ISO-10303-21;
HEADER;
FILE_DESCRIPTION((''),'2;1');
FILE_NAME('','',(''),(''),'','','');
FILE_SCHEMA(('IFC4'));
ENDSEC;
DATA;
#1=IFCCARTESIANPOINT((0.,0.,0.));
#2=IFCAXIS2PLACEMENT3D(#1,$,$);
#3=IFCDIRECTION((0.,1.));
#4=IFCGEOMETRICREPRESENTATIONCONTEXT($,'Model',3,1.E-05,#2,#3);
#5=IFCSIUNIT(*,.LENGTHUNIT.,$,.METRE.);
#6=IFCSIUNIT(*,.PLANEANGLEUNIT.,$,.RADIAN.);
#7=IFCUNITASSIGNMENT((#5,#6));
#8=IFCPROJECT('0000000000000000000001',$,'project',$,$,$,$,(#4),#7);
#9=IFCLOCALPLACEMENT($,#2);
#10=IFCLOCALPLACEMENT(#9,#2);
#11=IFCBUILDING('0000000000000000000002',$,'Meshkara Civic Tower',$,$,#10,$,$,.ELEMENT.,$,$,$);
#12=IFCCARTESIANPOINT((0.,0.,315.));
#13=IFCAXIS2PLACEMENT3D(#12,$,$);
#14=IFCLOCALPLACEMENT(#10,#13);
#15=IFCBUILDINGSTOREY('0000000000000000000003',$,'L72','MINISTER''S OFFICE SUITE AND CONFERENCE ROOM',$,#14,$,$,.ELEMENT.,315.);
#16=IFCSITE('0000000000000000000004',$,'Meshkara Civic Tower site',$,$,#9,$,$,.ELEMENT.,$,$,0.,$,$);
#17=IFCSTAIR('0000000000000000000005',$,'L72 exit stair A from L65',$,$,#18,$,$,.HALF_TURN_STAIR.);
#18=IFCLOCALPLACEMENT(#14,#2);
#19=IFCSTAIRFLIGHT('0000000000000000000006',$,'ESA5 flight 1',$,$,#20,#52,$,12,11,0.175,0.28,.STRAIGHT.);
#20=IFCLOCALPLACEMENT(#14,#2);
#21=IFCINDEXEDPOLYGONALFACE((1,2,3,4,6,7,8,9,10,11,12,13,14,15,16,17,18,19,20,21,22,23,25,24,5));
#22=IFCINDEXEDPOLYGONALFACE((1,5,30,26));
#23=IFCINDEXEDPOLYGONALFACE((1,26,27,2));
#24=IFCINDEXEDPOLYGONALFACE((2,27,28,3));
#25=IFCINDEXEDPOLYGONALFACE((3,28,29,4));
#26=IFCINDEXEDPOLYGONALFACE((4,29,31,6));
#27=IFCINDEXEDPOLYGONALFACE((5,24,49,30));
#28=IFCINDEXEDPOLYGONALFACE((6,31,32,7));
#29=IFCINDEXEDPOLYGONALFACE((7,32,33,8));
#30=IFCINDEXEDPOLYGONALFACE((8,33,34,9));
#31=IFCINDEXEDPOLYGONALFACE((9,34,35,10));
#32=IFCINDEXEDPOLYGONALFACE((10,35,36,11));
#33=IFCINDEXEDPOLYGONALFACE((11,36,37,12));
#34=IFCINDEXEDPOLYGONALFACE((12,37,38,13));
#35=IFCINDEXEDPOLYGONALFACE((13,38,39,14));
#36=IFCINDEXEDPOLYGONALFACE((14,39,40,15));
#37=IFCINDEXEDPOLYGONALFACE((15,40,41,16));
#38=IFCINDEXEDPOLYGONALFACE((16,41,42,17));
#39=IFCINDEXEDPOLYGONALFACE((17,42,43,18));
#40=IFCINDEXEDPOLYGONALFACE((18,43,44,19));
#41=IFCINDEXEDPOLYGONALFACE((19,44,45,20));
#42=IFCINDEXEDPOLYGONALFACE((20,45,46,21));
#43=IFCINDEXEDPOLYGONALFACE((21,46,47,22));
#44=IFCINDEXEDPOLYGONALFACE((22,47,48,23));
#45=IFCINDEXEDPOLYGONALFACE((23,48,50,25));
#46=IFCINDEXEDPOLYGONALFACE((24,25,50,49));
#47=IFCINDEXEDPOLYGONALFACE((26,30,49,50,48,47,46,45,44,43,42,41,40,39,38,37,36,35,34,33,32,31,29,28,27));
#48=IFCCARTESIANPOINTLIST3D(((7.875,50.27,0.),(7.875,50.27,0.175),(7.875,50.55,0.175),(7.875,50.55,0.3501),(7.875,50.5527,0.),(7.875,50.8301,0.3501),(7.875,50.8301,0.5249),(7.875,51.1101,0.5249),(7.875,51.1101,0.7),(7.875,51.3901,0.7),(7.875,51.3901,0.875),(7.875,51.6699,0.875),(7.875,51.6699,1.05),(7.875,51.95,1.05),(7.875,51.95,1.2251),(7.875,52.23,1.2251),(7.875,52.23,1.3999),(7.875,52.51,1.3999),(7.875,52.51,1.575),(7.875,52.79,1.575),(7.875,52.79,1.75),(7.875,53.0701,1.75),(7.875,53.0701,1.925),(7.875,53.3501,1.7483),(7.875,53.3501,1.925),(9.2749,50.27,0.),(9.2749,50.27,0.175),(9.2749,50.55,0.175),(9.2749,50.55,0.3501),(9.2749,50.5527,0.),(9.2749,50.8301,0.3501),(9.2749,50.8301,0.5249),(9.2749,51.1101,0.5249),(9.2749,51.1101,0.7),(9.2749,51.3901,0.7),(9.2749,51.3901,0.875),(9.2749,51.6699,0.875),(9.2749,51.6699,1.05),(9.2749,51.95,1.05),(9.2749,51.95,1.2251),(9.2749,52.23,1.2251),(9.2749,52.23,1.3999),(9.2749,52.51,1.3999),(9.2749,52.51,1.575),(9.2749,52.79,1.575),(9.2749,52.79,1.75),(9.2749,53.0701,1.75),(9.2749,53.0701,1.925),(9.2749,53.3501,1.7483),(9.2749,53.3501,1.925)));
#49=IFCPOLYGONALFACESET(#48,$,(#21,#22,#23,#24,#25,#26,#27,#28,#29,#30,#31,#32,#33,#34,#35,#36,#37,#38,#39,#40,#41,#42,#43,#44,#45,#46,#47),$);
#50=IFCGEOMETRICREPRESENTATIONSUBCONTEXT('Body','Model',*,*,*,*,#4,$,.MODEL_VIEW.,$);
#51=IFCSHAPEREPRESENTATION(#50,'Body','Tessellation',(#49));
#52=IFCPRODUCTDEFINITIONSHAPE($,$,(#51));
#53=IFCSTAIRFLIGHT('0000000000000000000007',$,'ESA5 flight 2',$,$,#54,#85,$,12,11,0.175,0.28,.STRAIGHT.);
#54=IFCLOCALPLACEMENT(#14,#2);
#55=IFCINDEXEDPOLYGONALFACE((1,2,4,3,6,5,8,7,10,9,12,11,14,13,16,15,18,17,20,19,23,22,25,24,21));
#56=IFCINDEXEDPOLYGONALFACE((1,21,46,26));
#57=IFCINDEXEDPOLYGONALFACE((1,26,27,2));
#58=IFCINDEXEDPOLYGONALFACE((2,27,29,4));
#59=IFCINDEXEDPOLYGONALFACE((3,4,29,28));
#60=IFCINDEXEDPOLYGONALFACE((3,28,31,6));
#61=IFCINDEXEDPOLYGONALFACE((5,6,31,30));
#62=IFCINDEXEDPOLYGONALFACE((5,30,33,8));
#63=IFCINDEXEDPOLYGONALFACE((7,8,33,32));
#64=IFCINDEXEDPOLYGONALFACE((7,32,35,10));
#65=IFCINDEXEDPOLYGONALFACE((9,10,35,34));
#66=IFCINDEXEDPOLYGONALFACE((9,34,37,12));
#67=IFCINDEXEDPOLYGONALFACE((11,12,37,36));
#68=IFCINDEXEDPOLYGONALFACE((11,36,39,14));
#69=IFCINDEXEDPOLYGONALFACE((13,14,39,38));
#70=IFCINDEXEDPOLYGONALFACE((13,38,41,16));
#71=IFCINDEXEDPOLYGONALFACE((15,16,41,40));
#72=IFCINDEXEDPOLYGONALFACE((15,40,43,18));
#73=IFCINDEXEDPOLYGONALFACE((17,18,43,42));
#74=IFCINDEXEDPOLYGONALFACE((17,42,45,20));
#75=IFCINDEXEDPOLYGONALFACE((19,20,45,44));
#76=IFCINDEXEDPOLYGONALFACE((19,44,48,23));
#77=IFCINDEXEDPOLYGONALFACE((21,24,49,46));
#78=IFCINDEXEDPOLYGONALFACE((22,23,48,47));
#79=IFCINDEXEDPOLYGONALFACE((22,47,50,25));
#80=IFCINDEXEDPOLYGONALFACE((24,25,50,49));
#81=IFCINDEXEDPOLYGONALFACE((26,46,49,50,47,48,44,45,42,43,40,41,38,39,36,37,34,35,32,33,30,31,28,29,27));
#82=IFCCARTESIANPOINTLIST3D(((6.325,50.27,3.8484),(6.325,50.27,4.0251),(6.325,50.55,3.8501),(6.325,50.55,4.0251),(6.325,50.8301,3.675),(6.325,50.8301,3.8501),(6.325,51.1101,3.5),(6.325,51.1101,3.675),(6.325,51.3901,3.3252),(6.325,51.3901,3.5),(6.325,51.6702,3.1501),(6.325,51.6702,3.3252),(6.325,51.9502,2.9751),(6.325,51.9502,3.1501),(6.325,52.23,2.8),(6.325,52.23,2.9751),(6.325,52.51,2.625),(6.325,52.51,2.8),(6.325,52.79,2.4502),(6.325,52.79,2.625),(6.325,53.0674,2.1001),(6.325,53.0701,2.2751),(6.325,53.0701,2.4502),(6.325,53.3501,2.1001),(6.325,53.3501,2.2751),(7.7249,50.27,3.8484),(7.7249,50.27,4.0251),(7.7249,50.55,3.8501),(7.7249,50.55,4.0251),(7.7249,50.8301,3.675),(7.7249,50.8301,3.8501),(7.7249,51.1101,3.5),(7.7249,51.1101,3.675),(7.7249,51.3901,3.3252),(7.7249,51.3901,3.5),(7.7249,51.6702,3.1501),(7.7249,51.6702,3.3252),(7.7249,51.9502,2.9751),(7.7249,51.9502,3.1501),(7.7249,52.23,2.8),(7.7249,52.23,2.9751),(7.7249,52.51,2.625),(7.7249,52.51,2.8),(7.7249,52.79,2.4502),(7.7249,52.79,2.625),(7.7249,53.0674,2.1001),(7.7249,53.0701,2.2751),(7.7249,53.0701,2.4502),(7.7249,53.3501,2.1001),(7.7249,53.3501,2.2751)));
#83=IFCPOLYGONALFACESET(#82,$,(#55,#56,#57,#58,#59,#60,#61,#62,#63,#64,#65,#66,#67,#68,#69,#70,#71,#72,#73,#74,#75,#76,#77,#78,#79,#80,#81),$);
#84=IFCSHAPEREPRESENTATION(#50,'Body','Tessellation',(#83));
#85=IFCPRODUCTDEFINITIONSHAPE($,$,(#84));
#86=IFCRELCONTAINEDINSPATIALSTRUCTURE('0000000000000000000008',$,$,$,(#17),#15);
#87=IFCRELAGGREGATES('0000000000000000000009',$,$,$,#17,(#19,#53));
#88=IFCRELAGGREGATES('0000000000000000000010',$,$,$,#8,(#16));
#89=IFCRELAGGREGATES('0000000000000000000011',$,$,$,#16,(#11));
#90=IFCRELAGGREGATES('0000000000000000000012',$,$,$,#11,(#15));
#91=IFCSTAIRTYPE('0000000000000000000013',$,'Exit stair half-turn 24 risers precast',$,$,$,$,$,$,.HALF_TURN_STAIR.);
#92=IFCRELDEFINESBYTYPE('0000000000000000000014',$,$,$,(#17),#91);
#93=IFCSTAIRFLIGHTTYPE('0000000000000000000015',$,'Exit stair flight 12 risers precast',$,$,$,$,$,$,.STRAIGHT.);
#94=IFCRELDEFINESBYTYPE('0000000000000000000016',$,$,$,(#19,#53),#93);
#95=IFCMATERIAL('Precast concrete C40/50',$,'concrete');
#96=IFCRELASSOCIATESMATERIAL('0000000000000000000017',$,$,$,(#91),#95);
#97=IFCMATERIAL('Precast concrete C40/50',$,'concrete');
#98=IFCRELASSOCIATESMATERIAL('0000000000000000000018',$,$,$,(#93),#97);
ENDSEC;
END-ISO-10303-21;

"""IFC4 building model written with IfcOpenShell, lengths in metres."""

from ifc_helpers import new_model, si_unit, direction, frame, origin, place, context, subcontext, project, spatial, polyline, outline, extrude, material, type_object, element, aggregate, save


model = new_model("IFC4")

# Units and contexts
model_context = context("Model", 3, precision=1e-05, world=origin(), true_north=direction((0.0, 1.0)))
body_context = subcontext(model_context, "Body", "Model", "MODEL_VIEW")
ifc_project = project(units=[si_unit("LENGTHUNIT", "METRE"), si_unit("PLANEANGLEUNIT", "RADIAN")], contexts=[model_context])

# Site, building, storey
site_placement = place(None, origin())
site = spatial("IfcSite", under=ifc_project, at=site_placement, Name="Meshkara Civic Tower site", CompositionType="ELEMENT", RefElevation=0.0)
building_placement = place(site_placement, origin())
building = spatial("IfcBuilding", under=site, at=building_placement, Name="Meshkara Civic Tower", CompositionType="ELEMENT")
storey_placement = place(building_placement, frame((0.0, 0.0, 315.0)))
storey = spatial("IfcBuildingStorey", under=building, at=storey_placement, Name="L72", Description="MINISTER'S OFFICE SUITE AND CONFERENCE ROOM", CompositionType="ELEMENT", Elevation=315.0)

# Stair, stair flights
ifc_material_1 = material(Name="Precast concrete C40/50", Category="concrete")
stair_type = type_object("IfcStairType", Name="Exit stair half-turn 24 risers precast", PredefinedType="HALF_TURN_STAIR", material=ifc_material_1)
stair_placement = place(storey_placement, origin())
stair = element("IfcStair", 1, at=stair_placement, inside=storey, type_object=stair_type, Name="L72 exit stair A from L65", PredefinedType="HALF_TURN_STAIR")
ifc_material_2 = material(Name="Precast concrete C40/50", Category="concrete")
stair_flight_type = type_object("IfcStairFlightType", Name="Exit stair flight 12 risers precast", PredefinedType="STRAIGHT", material=ifc_material_2)
stair_flight_1_placement = place(storey_placement, frame((8.575, 50.27, 0.0), z_axis=(0.0, 0.0, 1.0), x_axis=(0.0, 1.0, 0.0)))
stair_flight_1 = element("IfcStairFlight", 2, at=stair_flight_1_placement, type_object=stair_flight_type, Name="ESA5 flight 1", NumberOfRisers=12, NumberOfTreads=11, PredefinedType="STRAIGHT", RiserHeight=0.175, TreadLength=0.28, context=body_context, shape_type="SweptSolid", body=[
    extrude(outline(polyline([(0.0, 0.0), (0.0, 0.175), (0.28, 0.175), (0.28, 0.3501), (0.5601, 0.3501), (0.5601, 0.5249), (0.8401, 0.5249), (0.8401, 0.7), (1.1201, 0.7), (1.1201, 0.875), (1.3999, 0.875), (1.3999, 1.05), (1.6799, 1.05), (1.6799, 1.2251), (1.96, 1.2251), (1.96, 1.3999), (2.24, 1.3999), (2.24, 1.575), (2.52, 1.575), (2.52, 1.75), (2.8, 1.75), (2.8, 1.925), (3.0801, 1.925), (3.0801, 2.1001), (3.0801, 1.7483), (0.2827, 0.0), (0.0, 0.0)])), frame((0.0, 0.7, 0.0), z_axis=(0.0, -1.0, 0.0), x_axis=(1.0, 0.0, 0.0)), (0.0, 0.0, 1.0), 1.3999),
])
stair_flight_2_placement = place(storey_placement, frame((7.0249, 53.3501, 2.1001), z_axis=(0.0, 0.0, 1.0), x_axis=(0.0, -1.0, 0.0)))
stair_flight_2 = element("IfcStairFlight", 3, at=stair_flight_2_placement, type_object=stair_flight_type, Name="ESA5 flight 2", NumberOfRisers=12, NumberOfTreads=11, PredefinedType="STRAIGHT", RiserHeight=0.175, TreadLength=0.28, context=body_context, shape_type="SweptSolid", body=[
    extrude(outline(polyline([(0.0, 0.0), (0.0, 0.175), (0.28, 0.175), (0.28, 0.3501), (0.5601, 0.3501), (0.5601, 0.5249), (0.8401, 0.5249), (0.8401, 0.7), (1.1201, 0.7), (1.1201, 0.875), (1.3999, 0.875), (1.3999, 1.05), (1.6799, 1.05), (1.6799, 1.2251), (1.96, 1.2251), (1.96, 1.3999), (2.24, 1.3999), (2.24, 1.575), (2.52, 1.575), (2.52, 1.75), (2.8, 1.75), (2.8, 1.925), (3.0801, 1.925), (3.0801, 2.1001), (3.0801, 1.7483), (0.2827, 0.0), (0.0, 0.0)])), frame((0.0, 0.7, 0.0), z_axis=(0.0, -1.0, 0.0), x_axis=(1.0, 0.0, 0.0)), (0.0, 0.0, 1.0), 1.3999),
])
aggregate(stair, [stair_flight_1, stair_flight_2])

save(model, "model.ifc")
